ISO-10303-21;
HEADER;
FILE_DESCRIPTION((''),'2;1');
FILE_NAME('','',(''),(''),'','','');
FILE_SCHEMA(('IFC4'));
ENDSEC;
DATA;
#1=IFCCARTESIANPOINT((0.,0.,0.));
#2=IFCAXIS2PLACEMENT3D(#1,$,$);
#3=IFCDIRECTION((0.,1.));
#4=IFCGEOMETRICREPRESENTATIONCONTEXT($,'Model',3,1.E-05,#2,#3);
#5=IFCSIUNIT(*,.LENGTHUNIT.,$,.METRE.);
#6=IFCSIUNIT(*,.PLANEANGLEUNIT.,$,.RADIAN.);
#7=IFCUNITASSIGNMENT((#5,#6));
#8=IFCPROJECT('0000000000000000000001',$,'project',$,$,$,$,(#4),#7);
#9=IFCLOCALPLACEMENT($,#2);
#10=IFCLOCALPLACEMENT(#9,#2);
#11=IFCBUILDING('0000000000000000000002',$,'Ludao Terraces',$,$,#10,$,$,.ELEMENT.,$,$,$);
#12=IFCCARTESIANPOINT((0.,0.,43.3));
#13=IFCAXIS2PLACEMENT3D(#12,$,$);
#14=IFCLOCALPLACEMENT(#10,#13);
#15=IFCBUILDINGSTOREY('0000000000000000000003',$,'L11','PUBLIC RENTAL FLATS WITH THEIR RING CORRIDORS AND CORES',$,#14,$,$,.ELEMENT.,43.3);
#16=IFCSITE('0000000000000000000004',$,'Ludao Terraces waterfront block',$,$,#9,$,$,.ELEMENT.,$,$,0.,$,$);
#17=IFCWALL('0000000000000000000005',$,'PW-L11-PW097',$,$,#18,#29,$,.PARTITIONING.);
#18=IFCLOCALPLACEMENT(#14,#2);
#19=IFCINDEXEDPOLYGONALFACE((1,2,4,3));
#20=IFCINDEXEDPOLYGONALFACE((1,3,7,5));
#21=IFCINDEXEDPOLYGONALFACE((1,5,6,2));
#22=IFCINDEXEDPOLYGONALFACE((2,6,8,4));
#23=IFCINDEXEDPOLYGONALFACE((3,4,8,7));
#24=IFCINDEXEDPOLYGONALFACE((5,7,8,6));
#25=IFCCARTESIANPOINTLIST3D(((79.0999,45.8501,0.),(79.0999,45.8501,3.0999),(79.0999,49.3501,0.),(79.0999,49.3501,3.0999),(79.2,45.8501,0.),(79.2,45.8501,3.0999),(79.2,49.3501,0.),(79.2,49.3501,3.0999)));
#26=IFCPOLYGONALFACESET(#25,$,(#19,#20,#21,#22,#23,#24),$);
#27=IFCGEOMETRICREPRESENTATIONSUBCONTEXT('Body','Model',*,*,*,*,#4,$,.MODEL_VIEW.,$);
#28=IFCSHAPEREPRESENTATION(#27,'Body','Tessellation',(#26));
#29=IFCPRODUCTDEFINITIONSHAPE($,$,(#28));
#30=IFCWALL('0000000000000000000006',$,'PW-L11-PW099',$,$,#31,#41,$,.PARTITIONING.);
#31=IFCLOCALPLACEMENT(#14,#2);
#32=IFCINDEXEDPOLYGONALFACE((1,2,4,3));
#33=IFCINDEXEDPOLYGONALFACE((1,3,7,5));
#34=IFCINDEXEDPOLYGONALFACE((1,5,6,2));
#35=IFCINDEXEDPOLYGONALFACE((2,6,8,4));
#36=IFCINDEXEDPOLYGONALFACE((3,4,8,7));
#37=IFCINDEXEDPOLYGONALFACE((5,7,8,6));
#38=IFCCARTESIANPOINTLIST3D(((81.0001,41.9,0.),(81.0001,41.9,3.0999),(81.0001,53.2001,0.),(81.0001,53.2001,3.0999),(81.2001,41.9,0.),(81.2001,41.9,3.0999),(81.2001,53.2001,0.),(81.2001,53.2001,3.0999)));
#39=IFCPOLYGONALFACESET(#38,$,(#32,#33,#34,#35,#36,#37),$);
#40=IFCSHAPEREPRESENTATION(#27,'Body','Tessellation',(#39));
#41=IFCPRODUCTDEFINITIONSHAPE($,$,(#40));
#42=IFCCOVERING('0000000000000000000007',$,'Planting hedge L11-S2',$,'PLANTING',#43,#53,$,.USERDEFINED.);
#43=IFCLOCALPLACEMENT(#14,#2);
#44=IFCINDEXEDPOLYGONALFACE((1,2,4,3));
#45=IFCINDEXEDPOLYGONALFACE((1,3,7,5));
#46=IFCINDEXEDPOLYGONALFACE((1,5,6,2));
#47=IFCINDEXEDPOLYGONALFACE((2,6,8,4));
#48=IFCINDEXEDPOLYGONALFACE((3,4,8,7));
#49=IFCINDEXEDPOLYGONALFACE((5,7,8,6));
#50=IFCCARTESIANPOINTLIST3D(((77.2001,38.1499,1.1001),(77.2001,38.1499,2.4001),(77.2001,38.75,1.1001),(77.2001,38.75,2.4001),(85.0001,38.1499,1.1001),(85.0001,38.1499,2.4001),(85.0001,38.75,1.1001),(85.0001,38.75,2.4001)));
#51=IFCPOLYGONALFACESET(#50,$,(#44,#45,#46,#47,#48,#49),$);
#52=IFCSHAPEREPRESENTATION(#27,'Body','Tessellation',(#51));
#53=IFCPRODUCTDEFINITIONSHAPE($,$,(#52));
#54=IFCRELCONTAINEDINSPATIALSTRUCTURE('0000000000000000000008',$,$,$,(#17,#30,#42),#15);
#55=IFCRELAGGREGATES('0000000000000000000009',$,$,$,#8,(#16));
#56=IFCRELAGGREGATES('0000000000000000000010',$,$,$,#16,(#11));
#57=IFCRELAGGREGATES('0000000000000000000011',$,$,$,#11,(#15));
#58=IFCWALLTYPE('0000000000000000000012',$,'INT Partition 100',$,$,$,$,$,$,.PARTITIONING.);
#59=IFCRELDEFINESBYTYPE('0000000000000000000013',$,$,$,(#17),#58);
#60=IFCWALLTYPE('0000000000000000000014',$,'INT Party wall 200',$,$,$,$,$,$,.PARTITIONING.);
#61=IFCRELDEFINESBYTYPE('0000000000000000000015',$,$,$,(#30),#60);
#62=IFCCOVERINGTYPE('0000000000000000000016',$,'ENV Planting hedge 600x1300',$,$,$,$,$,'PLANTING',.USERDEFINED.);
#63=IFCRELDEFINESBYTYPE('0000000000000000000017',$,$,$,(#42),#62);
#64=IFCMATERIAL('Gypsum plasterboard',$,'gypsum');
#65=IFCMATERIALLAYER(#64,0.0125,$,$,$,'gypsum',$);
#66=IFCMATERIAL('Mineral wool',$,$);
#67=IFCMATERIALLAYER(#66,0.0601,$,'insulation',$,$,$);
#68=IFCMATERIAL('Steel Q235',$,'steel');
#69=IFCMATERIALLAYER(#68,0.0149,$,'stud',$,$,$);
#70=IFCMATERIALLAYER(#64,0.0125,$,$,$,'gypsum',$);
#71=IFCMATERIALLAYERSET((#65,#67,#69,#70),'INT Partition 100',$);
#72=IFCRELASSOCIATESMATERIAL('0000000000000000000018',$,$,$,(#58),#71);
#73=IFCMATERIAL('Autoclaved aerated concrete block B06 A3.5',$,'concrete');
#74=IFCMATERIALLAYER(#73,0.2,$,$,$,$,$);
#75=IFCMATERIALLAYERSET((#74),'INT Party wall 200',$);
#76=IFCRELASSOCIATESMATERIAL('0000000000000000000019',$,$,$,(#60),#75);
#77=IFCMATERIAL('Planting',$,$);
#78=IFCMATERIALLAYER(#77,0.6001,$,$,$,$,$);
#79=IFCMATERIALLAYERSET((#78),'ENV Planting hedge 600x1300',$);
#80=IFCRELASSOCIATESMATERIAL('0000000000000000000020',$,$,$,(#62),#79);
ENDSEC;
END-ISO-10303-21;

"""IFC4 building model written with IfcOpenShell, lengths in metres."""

from ifc_helpers import new_model, si_unit, direction, frame, frame_2d, origin, origin_2d, place, context, subcontext, project, spatial, rectangle, extrude, material, layer, layer_set, type_object, element, save


model = new_model("IFC4")

# Units and contexts
model_context = context("Model", 3, precision=1e-05, world=origin(), true_north=direction((0.0, 1.0)))
body_context = subcontext(model_context, "Body", "Model", "MODEL_VIEW")
ifc_project = project(units=[si_unit("LENGTHUNIT", "METRE"), si_unit("PLANEANGLEUNIT", "RADIAN")], contexts=[model_context])

# Site, building, storey
site_placement = place(None, origin())
site = spatial("IfcSite", under=ifc_project, at=site_placement, Name="Ludao Terraces waterfront block", CompositionType="ELEMENT", RefElevation=0.0)
building_placement = place(site_placement, origin())
building = spatial("IfcBuilding", under=site, at=building_placement, Name="Ludao Terraces", CompositionType="ELEMENT")
storey_placement = place(building_placement, frame((0.0, 0.0, 43.3)))
storey = spatial("IfcBuildingStorey", under=building, at=storey_placement, Name="L11", Description="PUBLIC RENTAL FLATS WITH THEIR RING CORRIDORS AND CORES", CompositionType="ELEMENT", Elevation=43.3)

# Shared definitions
ifc_material_1 = material(Name="Mineral wool")

# Shared definitions
ifc_material_2 = material(Name="Gypsum plasterboard", Category="gypsum")
ifc_layer_1 = layer(ifc_material_2, 0.0125, Category="gypsum")
ifc_layer_2 = layer(ifc_material_1, 0.0601, Name="insulation")
ifc_material_3 = material(Name="Steel Q235", Category="steel")
ifc_layer_3 = layer(ifc_material_3, 0.0149, Name="stud")
ifc_layer_4 = layer(ifc_material_2, 0.0125, Category="gypsum")
ifc_layer_set_1 = layer_set([ifc_layer_1, ifc_layer_2, ifc_layer_3, ifc_layer_4], Name="INT Partition 100")
wall_type_1 = type_object("IfcWallType", Name="INT Partition 100", PredefinedType="PARTITIONING", material=ifc_layer_set_1)

# Walls
wall_1_placement = place(storey_placement, frame((79.1499, 45.8501, 0.0), z_axis=(0.0, 0.0, 1.0), x_axis=(0.0, 1.0, 0.0)))
element("IfcWall", 1, at=wall_1_placement, inside=storey, type_object=wall_type_1, Name="PW-L11-PW097", PredefinedType="PARTITIONING", context=body_context, shape_type="SweptSolid", body=[
    extrude(rectangle(XDim=3.5, YDim=0.1001, at=frame_2d((1.75, 0.0))), origin(), (0.0, 0.0, 1.0), 3.0999),
])
ifc_material_4 = material(Name="Autoclaved aerated concrete block B06 A3.5", Category="concrete")
ifc_layer_5 = layer(ifc_material_4, 0.2)
ifc_layer_set_2 = layer_set([ifc_layer_5], Name="INT Party wall 200")
wall_type_2 = type_object("IfcWallType", Name="INT Party wall 200", PredefinedType="PARTITIONING", material=ifc_layer_set_2)
wall_2_placement = place(storey_placement, frame((81.1001, 41.9001, 0.0), z_axis=(0.0, 0.0, 1.0), x_axis=(0.0, 1.0, 0.0)))
element("IfcWall", 2, at=wall_2_placement, inside=storey, type_object=wall_type_2, Name="PW-L11-PW099", PredefinedType="PARTITIONING", context=body_context, shape_type="SweptSolid", body=[
    extrude(rectangle(XDim=11.3, YDim=0.2, at=frame_2d((5.6499, 0.0))), origin(), (0.0, 0.0, 1.0), 3.0999),
])

# Covering
ifc_material_5 = material(Name="Planting")
ifc_layer_6 = layer(ifc_material_5, 0.6001)
ifc_layer_set_3 = layer_set([ifc_layer_6], Name="ENV Planting hedge 600x1300")
covering_type = type_object("IfcCoveringType", Name="ENV Planting hedge 600x1300", ElementType="PLANTING", PredefinedType="USERDEFINED", material=ifc_layer_set_3)
covering_placement = place(storey_placement, frame((81.1001, 38.45, 1.1001), z_axis=(0.0, 0.0, 1.0), x_axis=(1.0, 0.0, 0.0)))
element("IfcCovering", 3, at=covering_placement, inside=storey, type_object=covering_type, Name="Planting hedge L11-S2", ObjectType="PLANTING", PredefinedType="USERDEFINED", context=body_context, shape_type="SweptSolid", body=[
    extrude(rectangle(XDim=7.8, YDim=0.6001, at=origin_2d()), origin(), (0.0, 0.0, 1.0), 1.3),
])

save(model, "model.ifc")
